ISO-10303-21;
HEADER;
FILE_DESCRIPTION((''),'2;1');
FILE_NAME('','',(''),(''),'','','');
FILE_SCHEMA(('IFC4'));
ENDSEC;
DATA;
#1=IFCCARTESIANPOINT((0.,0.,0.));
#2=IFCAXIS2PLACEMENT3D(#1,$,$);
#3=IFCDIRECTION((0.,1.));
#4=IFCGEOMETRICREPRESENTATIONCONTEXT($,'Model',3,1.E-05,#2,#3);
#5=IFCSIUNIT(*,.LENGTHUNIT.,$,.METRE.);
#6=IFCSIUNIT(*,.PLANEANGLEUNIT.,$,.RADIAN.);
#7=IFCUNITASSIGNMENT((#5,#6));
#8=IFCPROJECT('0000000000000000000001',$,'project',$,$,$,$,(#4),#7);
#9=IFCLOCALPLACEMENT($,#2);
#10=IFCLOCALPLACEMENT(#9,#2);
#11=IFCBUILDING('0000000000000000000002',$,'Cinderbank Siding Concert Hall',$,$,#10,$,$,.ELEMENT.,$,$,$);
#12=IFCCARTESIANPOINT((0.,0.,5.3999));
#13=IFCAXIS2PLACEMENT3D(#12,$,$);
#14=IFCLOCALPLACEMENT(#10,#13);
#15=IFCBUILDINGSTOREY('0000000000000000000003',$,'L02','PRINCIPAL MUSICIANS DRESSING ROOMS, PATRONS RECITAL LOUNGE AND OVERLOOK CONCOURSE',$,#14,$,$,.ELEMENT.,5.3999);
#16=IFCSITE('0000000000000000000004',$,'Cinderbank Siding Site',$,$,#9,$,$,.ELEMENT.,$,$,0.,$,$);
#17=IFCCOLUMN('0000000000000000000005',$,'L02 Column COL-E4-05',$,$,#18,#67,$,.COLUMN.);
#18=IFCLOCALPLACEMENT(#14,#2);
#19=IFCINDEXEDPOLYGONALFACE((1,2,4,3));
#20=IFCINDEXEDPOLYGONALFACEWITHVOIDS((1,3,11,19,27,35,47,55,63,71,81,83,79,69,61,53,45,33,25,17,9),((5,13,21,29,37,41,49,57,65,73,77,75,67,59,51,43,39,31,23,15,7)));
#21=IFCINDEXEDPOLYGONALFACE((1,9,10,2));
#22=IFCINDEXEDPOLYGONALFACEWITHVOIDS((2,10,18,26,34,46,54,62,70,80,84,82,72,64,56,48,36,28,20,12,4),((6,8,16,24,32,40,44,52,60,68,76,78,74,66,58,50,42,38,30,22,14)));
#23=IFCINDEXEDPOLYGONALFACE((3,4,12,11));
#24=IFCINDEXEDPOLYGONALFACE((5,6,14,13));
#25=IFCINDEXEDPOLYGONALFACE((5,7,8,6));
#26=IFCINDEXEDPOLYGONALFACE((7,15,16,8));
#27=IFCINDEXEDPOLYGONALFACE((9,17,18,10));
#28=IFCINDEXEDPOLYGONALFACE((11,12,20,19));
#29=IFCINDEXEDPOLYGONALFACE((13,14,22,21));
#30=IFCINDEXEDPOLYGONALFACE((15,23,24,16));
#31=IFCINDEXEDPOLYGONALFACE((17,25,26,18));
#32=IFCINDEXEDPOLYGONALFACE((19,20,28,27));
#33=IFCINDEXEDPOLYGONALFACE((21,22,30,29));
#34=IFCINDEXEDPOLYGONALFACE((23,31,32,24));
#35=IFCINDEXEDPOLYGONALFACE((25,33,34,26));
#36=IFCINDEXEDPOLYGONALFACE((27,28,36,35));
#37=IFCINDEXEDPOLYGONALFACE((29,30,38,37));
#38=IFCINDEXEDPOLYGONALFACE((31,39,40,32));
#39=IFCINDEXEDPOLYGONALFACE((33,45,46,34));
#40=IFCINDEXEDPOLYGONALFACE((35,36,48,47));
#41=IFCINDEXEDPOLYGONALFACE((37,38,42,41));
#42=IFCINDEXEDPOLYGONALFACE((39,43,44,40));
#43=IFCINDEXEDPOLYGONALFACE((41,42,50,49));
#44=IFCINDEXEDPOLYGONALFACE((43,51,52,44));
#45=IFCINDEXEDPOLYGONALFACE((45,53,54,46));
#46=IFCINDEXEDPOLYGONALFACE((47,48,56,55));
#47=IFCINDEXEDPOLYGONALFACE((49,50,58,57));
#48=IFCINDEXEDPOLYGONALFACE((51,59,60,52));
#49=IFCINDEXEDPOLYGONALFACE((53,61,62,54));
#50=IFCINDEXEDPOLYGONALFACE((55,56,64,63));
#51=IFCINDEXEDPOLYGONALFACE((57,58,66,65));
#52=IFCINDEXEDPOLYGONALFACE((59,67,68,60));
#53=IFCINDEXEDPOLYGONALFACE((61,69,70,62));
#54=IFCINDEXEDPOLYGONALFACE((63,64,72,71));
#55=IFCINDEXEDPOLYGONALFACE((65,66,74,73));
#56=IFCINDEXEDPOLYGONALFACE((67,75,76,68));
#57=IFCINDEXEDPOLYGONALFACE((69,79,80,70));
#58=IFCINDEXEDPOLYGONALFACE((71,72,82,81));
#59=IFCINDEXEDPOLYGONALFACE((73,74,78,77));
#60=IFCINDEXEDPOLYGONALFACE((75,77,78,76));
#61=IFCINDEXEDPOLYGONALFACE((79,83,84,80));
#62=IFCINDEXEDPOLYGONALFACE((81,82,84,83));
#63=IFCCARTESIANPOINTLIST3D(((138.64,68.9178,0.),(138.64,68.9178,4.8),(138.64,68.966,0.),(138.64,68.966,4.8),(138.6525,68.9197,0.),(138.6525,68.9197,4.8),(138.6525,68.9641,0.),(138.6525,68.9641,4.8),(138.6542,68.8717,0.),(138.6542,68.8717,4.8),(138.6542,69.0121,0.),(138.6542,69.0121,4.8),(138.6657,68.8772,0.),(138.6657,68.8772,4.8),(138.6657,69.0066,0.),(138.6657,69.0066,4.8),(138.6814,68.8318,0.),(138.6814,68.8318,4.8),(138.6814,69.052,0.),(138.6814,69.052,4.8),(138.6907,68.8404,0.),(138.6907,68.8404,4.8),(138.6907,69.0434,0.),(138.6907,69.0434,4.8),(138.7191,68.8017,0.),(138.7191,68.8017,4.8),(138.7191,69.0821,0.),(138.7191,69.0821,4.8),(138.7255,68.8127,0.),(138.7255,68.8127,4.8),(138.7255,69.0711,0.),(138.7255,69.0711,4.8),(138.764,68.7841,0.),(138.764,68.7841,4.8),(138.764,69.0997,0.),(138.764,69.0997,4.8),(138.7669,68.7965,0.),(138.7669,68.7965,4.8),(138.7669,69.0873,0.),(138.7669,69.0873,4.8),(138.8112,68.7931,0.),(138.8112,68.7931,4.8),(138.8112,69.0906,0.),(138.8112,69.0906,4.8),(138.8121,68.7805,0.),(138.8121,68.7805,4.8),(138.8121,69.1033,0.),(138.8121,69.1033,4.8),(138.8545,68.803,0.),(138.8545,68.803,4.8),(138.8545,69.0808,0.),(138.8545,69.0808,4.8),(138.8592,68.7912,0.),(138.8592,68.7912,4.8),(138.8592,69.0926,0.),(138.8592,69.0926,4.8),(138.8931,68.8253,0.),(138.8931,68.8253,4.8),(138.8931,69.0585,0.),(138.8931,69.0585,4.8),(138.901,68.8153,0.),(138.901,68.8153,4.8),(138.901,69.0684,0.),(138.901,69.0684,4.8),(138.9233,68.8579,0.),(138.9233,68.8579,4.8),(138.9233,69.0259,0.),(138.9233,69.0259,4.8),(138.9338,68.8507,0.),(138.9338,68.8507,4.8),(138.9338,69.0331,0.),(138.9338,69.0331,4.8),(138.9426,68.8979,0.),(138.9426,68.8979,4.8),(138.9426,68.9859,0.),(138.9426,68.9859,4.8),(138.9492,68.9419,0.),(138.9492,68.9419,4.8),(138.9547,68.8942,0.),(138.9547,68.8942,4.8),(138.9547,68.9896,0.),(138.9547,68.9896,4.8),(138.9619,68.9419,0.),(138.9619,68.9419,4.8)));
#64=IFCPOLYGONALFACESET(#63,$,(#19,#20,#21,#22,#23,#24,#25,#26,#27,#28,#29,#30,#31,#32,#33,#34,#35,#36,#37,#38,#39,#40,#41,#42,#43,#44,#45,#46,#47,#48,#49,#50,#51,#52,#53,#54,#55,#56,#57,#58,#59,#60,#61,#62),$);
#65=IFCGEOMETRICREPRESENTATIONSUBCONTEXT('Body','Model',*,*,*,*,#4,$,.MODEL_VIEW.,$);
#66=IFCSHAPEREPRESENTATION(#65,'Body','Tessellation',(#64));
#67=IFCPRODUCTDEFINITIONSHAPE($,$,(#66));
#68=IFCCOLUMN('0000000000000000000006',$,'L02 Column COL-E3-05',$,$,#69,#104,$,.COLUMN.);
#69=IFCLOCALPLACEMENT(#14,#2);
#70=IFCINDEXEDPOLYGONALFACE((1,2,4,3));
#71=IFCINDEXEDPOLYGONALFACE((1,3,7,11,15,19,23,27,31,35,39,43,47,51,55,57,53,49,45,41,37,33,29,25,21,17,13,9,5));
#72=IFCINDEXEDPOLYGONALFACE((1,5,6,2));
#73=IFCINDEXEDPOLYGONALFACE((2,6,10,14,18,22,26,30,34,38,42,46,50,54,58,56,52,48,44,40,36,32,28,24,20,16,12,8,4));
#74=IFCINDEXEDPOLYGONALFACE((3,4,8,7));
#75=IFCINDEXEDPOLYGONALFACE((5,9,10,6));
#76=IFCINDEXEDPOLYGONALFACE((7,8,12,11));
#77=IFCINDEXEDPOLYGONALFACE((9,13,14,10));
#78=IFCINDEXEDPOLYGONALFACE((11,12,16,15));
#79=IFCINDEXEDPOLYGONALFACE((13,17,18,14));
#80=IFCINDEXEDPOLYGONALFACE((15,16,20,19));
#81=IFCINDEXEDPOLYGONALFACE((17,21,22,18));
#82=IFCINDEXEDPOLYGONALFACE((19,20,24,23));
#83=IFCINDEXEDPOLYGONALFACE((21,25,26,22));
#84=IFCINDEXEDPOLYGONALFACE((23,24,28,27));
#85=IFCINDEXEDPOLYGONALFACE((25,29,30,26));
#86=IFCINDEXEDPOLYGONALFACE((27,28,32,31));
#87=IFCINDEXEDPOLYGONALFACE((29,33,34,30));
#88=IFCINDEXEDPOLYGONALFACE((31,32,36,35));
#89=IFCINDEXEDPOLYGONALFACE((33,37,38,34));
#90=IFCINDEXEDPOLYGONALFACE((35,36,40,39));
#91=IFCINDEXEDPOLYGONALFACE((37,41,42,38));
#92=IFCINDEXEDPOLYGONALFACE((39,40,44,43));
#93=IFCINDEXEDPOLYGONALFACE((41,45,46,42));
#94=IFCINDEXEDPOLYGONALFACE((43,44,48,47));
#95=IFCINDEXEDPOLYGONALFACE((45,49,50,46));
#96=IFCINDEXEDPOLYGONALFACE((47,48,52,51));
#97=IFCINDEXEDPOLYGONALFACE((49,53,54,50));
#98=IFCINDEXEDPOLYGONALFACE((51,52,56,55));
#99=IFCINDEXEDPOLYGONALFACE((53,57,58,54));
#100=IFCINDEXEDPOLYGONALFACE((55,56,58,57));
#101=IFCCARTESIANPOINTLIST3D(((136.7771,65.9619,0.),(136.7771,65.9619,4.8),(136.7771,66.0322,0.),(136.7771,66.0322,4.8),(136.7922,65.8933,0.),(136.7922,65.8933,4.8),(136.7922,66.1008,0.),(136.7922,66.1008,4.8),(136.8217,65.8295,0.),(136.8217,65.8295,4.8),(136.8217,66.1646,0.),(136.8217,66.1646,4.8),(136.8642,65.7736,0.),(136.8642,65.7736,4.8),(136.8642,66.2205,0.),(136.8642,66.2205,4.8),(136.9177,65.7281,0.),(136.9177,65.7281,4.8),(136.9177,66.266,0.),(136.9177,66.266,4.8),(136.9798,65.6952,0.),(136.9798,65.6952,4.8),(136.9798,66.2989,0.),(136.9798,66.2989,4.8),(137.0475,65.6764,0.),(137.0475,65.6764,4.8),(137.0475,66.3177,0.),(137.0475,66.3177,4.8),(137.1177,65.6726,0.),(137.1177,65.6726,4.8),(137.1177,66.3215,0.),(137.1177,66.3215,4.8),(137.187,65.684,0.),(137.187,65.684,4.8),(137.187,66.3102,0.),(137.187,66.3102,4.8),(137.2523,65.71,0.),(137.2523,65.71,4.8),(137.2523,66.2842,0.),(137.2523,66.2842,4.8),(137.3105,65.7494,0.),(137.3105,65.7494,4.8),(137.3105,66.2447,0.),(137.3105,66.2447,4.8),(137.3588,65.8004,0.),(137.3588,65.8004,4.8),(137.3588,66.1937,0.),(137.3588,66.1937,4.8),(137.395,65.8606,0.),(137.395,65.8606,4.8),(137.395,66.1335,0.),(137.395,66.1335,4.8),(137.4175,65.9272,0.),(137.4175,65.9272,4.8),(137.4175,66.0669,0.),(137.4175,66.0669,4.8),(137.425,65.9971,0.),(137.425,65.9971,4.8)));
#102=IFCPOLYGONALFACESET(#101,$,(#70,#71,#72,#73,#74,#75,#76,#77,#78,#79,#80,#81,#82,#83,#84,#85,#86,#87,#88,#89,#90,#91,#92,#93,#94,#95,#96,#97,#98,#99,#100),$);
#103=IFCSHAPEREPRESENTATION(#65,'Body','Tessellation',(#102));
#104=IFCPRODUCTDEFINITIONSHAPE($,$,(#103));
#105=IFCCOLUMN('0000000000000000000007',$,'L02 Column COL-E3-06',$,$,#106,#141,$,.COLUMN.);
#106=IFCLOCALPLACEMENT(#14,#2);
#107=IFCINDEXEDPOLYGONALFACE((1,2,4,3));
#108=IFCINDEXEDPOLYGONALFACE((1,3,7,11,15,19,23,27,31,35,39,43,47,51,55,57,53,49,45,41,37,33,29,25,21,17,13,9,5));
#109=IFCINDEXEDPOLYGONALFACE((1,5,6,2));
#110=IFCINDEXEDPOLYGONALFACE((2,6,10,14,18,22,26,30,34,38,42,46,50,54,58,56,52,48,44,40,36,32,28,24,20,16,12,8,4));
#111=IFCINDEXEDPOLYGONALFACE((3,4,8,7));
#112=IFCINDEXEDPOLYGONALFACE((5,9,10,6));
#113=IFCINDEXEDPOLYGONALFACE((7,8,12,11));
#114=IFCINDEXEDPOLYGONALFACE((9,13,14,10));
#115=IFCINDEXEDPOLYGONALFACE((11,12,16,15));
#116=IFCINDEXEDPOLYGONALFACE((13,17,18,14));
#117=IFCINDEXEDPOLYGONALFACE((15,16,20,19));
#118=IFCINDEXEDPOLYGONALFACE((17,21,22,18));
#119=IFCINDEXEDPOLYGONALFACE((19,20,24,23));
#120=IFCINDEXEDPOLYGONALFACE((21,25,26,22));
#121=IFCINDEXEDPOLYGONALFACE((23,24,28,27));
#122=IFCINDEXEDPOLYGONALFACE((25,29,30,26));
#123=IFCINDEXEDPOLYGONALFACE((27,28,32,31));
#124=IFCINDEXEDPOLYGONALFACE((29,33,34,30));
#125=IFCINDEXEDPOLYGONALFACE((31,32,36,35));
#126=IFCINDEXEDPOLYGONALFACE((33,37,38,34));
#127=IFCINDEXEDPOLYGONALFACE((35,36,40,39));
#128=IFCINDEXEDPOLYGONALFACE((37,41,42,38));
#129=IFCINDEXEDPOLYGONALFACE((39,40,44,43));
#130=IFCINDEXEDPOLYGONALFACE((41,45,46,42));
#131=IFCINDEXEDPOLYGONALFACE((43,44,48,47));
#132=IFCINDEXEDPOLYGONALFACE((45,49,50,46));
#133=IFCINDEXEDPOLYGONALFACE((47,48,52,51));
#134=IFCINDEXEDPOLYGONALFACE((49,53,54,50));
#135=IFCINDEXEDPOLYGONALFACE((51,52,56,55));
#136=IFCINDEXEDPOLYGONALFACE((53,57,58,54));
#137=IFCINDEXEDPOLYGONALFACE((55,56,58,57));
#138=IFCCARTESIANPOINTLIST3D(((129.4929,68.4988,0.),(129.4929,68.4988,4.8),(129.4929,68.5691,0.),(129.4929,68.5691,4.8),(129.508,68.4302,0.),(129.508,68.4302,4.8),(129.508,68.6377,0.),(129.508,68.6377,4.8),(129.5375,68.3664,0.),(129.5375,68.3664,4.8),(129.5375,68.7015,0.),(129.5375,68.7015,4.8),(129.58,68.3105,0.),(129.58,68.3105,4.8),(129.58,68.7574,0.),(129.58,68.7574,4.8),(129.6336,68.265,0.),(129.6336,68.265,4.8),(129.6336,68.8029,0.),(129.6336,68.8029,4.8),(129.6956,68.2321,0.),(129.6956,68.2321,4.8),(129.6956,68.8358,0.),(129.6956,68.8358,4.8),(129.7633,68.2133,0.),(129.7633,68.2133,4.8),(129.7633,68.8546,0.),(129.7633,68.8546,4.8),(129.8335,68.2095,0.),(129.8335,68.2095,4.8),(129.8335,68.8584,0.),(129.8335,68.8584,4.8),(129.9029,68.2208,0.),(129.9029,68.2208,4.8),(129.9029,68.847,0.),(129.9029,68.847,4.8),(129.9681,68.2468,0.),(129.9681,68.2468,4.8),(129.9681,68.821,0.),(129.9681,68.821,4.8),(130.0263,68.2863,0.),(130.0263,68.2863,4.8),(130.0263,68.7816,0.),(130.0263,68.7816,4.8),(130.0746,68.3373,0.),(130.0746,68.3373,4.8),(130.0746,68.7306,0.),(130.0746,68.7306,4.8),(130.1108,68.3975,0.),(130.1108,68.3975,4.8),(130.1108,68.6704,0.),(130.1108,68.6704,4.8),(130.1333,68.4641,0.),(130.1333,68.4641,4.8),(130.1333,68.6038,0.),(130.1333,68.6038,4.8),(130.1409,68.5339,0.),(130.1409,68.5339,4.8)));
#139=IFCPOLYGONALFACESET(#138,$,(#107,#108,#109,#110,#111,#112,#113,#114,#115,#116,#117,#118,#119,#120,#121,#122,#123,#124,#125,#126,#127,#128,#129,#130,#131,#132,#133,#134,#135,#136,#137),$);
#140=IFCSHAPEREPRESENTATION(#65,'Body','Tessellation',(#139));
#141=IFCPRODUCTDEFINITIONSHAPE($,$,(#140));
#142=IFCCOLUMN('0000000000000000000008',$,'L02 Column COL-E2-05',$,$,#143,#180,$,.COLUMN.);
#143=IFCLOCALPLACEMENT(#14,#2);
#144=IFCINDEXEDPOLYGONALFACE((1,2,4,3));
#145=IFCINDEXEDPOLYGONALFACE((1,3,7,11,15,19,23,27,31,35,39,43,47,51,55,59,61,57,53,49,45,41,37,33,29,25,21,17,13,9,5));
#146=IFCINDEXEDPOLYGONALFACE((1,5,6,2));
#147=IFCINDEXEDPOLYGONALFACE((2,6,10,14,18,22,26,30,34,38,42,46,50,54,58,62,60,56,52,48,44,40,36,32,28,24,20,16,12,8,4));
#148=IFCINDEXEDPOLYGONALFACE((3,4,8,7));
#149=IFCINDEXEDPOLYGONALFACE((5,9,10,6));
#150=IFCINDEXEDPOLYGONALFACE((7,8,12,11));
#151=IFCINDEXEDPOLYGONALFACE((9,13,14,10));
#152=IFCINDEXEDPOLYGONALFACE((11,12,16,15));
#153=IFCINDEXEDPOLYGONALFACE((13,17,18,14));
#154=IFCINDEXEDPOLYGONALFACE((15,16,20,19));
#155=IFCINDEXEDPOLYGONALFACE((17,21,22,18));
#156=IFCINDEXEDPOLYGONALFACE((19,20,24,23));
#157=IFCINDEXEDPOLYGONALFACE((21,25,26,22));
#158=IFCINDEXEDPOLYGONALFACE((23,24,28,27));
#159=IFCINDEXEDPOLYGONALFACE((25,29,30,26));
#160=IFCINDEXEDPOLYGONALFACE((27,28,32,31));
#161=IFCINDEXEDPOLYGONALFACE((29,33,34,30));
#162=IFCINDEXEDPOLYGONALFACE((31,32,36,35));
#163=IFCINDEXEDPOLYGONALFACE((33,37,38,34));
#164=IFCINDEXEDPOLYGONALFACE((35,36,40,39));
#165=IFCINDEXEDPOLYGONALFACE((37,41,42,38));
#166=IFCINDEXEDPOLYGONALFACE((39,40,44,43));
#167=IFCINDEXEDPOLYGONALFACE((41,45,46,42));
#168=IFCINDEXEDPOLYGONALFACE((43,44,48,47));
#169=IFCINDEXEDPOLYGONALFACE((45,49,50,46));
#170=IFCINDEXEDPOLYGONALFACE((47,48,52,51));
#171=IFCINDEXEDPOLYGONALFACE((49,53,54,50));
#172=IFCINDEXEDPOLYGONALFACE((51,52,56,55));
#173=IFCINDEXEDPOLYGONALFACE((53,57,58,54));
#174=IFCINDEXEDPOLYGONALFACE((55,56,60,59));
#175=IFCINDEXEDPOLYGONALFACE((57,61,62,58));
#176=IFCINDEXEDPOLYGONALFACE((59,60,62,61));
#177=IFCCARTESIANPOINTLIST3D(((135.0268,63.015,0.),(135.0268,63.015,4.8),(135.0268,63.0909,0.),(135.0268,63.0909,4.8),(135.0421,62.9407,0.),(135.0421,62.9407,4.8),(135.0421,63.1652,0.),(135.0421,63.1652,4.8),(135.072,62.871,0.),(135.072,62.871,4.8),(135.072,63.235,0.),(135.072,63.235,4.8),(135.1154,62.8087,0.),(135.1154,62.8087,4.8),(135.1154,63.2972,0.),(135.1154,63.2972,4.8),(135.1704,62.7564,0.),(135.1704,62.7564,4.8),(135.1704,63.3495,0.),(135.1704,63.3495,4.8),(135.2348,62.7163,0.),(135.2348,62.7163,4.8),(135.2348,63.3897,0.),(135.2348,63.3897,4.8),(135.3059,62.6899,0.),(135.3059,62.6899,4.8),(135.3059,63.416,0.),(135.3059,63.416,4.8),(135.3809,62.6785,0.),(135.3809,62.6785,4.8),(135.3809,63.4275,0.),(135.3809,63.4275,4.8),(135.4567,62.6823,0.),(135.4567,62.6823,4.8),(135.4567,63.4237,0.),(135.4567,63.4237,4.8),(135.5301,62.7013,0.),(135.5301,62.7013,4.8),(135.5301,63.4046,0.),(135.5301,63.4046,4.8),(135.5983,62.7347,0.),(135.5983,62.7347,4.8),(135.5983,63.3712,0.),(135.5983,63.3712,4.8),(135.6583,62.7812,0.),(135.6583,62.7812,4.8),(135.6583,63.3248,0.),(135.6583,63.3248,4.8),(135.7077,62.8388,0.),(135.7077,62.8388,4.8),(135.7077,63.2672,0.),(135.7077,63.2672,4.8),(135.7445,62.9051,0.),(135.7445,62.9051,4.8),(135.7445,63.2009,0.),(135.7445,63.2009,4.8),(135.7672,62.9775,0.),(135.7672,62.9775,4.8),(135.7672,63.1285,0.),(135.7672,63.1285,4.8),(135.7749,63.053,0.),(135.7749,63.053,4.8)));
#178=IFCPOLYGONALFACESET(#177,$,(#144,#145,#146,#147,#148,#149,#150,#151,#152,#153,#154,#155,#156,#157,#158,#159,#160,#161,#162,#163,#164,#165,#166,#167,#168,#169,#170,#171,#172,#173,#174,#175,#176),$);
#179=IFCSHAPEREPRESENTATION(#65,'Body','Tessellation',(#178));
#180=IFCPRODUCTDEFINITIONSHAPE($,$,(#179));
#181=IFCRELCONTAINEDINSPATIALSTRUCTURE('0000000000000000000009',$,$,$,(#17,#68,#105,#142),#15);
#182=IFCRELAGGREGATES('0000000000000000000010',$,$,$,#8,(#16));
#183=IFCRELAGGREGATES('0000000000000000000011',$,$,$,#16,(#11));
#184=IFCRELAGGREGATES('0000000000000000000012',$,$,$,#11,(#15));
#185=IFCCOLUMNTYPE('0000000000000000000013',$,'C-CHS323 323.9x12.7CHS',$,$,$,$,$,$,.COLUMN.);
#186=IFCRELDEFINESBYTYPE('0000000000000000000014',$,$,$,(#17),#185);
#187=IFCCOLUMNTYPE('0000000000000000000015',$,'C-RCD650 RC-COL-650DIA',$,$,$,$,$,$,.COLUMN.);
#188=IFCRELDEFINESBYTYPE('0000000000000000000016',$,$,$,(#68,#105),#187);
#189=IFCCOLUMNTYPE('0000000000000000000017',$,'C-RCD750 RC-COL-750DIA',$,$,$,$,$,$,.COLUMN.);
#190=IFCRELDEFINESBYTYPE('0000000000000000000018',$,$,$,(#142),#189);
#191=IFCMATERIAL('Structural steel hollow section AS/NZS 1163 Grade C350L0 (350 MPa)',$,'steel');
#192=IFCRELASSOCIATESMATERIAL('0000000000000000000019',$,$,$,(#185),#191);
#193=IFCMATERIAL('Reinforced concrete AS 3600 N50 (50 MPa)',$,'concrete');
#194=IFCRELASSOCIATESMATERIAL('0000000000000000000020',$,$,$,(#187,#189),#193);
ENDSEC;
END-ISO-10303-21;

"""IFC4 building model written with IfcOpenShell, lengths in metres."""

from ifc_helpers import new_model, si_unit, direction, frame, origin, origin_2d, place, context, subcontext, project, spatial, circle, hollow_circle, extrude, material, material_profile, profile_set, type_object, element, save


model = new_model("IFC4")

# Units and contexts
model_context = context("Model", 3, precision=1e-05, world=origin(), true_north=direction((0.0, 1.0)))
body_context = subcontext(model_context, "Body", "Model", "MODEL_VIEW")
ifc_project = project(units=[si_unit("LENGTHUNIT", "METRE"), si_unit("PLANEANGLEUNIT", "RADIAN")], contexts=[model_context])

# Site, building, storey
site_placement = place(None, origin())
site = spatial("IfcSite", under=ifc_project, at=site_placement, Name="Cinderbank Siding Site", CompositionType="ELEMENT", RefElevation=0.0)
building_placement = place(site_placement, origin())
building = spatial("IfcBuilding", under=site, at=building_placement, Name="Cinderbank Siding Concert Hall", CompositionType="ELEMENT")
storey_placement = place(building_placement, frame((0.0, 0.0, 5.3999)))
storey = spatial("IfcBuildingStorey", under=building, at=storey_placement, Name="L02", Description="PRINCIPAL MUSICIANS DRESSING ROOMS, PATRONS RECITAL LOUNGE AND OVERLOOK CONCOURSE", CompositionType="ELEMENT", Elevation=5.3999)

# Columns
ifc_material_1 = material(Name="Structural steel hollow section AS/NZS 1163 Grade C350L0 (350 MPa)", Category="steel")
ifc_material_profile_1 = material_profile(ifc_material_1, hollow_circle(Radius=0.1619, WallThickness=0.0127, at=origin_2d()), Name="323.9x12.7CHS", Category="LoadBearing")
ifc_profile_set_1 = profile_set([ifc_material_profile_1], Name="Structural steel hollow section AS/NZS 1163 Grade C350L0 (350 MPa)")
column_type_1 = type_object("IfcColumnType", Name="C-CHS323 323.9x12.7CHS", PredefinedType="COLUMN", material=ifc_profile_set_1)
column_placement = place(storey_placement, frame((138.8, 68.9419, 0.0), z_axis=(0.0, 0.0, 1.0), x_axis=(1.0, 0.0, 0.0)))
element("IfcColumn", 1, at=column_placement, inside=storey, type_object=column_type_1, Name="L02 Column COL-E4-05", PredefinedType="COLUMN", context=body_context, shape_type="SweptSolid", body=[
    extrude(hollow_circle(Radius=0.1619, WallThickness=0.0127, at=origin_2d()), origin(), (0.0, 0.0, 1.0), 4.8),
])
ifc_material_2 = material(Name="Reinforced concrete AS 3600 N50 (50 MPa)", Category="concrete")
ifc_material_profile_2 = material_profile(ifc_material_2, circle(Radius=0.325, at=origin_2d()), Name="RC-COL-650DIA", Category="LoadBearing")
ifc_profile_set_2 = profile_set([ifc_material_profile_2], Name="Reinforced concrete AS 3600 N50 (50 MPa)")
column_type_2 = type_object("IfcColumnType", Name="C-RCD650 RC-COL-650DIA", PredefinedType="COLUMN", material=ifc_profile_set_2)
for number, where, z_axis, x_axis, name in (
    (2, (137.1001, 65.9971, 0.0), (0.0, 0.0, 1.0), (1.0, 0.0, 0.0), "L02 Column COL-E3-05"),
    (3, (129.8159, 68.5339, 0.0), (0.0, 0.0, 1.0), (1.0, 0.0, 0.0), "L02 Column COL-E3-06"),
):
    element("IfcColumn", number, at=place(storey_placement, frame(where, z_axis=z_axis, x_axis=x_axis)), inside=storey, type_object=column_type_2, Name=name, PredefinedType="COLUMN", context=body_context, shape_type="SweptSolid", body=[
        extrude(circle(Radius=0.325, at=origin_2d()), origin(), (0.0, 0.0, 1.0), 4.8),
    ])
ifc_material_profile_3 = material_profile(ifc_material_2, circle(Radius=0.375, at=origin_2d()), Name="RC-COL-750DIA", Category="LoadBearing")
ifc_profile_set_3 = profile_set([ifc_material_profile_3], Name="Reinforced concrete AS 3600 N50 (50 MPa)")
column_type_3 = type_object("IfcColumnType", Name="C-RCD750 RC-COL-750DIA", PredefinedType="COLUMN", material=ifc_profile_set_3)
for number, where, z_axis, x_axis, name in (
    (4, (135.3999, 63.053, 0.0), (0.0, 0.0, 1.0), (1.0, 0.0, 0.0), "L02 Column COL-E2-05"),
):
    element("IfcColumn", number, at=place(storey_placement, frame(where, z_axis=z_axis, x_axis=x_axis)), inside=storey, type_object=column_type_3, Name=name, PredefinedType="COLUMN", context=body_context, shape_type="SweptSolid", body=[
        extrude(circle(Radius=0.375, at=origin_2d()), origin(), (0.0, 0.0, 1.0), 4.8),
    ])

save(model, "model.ifc")
